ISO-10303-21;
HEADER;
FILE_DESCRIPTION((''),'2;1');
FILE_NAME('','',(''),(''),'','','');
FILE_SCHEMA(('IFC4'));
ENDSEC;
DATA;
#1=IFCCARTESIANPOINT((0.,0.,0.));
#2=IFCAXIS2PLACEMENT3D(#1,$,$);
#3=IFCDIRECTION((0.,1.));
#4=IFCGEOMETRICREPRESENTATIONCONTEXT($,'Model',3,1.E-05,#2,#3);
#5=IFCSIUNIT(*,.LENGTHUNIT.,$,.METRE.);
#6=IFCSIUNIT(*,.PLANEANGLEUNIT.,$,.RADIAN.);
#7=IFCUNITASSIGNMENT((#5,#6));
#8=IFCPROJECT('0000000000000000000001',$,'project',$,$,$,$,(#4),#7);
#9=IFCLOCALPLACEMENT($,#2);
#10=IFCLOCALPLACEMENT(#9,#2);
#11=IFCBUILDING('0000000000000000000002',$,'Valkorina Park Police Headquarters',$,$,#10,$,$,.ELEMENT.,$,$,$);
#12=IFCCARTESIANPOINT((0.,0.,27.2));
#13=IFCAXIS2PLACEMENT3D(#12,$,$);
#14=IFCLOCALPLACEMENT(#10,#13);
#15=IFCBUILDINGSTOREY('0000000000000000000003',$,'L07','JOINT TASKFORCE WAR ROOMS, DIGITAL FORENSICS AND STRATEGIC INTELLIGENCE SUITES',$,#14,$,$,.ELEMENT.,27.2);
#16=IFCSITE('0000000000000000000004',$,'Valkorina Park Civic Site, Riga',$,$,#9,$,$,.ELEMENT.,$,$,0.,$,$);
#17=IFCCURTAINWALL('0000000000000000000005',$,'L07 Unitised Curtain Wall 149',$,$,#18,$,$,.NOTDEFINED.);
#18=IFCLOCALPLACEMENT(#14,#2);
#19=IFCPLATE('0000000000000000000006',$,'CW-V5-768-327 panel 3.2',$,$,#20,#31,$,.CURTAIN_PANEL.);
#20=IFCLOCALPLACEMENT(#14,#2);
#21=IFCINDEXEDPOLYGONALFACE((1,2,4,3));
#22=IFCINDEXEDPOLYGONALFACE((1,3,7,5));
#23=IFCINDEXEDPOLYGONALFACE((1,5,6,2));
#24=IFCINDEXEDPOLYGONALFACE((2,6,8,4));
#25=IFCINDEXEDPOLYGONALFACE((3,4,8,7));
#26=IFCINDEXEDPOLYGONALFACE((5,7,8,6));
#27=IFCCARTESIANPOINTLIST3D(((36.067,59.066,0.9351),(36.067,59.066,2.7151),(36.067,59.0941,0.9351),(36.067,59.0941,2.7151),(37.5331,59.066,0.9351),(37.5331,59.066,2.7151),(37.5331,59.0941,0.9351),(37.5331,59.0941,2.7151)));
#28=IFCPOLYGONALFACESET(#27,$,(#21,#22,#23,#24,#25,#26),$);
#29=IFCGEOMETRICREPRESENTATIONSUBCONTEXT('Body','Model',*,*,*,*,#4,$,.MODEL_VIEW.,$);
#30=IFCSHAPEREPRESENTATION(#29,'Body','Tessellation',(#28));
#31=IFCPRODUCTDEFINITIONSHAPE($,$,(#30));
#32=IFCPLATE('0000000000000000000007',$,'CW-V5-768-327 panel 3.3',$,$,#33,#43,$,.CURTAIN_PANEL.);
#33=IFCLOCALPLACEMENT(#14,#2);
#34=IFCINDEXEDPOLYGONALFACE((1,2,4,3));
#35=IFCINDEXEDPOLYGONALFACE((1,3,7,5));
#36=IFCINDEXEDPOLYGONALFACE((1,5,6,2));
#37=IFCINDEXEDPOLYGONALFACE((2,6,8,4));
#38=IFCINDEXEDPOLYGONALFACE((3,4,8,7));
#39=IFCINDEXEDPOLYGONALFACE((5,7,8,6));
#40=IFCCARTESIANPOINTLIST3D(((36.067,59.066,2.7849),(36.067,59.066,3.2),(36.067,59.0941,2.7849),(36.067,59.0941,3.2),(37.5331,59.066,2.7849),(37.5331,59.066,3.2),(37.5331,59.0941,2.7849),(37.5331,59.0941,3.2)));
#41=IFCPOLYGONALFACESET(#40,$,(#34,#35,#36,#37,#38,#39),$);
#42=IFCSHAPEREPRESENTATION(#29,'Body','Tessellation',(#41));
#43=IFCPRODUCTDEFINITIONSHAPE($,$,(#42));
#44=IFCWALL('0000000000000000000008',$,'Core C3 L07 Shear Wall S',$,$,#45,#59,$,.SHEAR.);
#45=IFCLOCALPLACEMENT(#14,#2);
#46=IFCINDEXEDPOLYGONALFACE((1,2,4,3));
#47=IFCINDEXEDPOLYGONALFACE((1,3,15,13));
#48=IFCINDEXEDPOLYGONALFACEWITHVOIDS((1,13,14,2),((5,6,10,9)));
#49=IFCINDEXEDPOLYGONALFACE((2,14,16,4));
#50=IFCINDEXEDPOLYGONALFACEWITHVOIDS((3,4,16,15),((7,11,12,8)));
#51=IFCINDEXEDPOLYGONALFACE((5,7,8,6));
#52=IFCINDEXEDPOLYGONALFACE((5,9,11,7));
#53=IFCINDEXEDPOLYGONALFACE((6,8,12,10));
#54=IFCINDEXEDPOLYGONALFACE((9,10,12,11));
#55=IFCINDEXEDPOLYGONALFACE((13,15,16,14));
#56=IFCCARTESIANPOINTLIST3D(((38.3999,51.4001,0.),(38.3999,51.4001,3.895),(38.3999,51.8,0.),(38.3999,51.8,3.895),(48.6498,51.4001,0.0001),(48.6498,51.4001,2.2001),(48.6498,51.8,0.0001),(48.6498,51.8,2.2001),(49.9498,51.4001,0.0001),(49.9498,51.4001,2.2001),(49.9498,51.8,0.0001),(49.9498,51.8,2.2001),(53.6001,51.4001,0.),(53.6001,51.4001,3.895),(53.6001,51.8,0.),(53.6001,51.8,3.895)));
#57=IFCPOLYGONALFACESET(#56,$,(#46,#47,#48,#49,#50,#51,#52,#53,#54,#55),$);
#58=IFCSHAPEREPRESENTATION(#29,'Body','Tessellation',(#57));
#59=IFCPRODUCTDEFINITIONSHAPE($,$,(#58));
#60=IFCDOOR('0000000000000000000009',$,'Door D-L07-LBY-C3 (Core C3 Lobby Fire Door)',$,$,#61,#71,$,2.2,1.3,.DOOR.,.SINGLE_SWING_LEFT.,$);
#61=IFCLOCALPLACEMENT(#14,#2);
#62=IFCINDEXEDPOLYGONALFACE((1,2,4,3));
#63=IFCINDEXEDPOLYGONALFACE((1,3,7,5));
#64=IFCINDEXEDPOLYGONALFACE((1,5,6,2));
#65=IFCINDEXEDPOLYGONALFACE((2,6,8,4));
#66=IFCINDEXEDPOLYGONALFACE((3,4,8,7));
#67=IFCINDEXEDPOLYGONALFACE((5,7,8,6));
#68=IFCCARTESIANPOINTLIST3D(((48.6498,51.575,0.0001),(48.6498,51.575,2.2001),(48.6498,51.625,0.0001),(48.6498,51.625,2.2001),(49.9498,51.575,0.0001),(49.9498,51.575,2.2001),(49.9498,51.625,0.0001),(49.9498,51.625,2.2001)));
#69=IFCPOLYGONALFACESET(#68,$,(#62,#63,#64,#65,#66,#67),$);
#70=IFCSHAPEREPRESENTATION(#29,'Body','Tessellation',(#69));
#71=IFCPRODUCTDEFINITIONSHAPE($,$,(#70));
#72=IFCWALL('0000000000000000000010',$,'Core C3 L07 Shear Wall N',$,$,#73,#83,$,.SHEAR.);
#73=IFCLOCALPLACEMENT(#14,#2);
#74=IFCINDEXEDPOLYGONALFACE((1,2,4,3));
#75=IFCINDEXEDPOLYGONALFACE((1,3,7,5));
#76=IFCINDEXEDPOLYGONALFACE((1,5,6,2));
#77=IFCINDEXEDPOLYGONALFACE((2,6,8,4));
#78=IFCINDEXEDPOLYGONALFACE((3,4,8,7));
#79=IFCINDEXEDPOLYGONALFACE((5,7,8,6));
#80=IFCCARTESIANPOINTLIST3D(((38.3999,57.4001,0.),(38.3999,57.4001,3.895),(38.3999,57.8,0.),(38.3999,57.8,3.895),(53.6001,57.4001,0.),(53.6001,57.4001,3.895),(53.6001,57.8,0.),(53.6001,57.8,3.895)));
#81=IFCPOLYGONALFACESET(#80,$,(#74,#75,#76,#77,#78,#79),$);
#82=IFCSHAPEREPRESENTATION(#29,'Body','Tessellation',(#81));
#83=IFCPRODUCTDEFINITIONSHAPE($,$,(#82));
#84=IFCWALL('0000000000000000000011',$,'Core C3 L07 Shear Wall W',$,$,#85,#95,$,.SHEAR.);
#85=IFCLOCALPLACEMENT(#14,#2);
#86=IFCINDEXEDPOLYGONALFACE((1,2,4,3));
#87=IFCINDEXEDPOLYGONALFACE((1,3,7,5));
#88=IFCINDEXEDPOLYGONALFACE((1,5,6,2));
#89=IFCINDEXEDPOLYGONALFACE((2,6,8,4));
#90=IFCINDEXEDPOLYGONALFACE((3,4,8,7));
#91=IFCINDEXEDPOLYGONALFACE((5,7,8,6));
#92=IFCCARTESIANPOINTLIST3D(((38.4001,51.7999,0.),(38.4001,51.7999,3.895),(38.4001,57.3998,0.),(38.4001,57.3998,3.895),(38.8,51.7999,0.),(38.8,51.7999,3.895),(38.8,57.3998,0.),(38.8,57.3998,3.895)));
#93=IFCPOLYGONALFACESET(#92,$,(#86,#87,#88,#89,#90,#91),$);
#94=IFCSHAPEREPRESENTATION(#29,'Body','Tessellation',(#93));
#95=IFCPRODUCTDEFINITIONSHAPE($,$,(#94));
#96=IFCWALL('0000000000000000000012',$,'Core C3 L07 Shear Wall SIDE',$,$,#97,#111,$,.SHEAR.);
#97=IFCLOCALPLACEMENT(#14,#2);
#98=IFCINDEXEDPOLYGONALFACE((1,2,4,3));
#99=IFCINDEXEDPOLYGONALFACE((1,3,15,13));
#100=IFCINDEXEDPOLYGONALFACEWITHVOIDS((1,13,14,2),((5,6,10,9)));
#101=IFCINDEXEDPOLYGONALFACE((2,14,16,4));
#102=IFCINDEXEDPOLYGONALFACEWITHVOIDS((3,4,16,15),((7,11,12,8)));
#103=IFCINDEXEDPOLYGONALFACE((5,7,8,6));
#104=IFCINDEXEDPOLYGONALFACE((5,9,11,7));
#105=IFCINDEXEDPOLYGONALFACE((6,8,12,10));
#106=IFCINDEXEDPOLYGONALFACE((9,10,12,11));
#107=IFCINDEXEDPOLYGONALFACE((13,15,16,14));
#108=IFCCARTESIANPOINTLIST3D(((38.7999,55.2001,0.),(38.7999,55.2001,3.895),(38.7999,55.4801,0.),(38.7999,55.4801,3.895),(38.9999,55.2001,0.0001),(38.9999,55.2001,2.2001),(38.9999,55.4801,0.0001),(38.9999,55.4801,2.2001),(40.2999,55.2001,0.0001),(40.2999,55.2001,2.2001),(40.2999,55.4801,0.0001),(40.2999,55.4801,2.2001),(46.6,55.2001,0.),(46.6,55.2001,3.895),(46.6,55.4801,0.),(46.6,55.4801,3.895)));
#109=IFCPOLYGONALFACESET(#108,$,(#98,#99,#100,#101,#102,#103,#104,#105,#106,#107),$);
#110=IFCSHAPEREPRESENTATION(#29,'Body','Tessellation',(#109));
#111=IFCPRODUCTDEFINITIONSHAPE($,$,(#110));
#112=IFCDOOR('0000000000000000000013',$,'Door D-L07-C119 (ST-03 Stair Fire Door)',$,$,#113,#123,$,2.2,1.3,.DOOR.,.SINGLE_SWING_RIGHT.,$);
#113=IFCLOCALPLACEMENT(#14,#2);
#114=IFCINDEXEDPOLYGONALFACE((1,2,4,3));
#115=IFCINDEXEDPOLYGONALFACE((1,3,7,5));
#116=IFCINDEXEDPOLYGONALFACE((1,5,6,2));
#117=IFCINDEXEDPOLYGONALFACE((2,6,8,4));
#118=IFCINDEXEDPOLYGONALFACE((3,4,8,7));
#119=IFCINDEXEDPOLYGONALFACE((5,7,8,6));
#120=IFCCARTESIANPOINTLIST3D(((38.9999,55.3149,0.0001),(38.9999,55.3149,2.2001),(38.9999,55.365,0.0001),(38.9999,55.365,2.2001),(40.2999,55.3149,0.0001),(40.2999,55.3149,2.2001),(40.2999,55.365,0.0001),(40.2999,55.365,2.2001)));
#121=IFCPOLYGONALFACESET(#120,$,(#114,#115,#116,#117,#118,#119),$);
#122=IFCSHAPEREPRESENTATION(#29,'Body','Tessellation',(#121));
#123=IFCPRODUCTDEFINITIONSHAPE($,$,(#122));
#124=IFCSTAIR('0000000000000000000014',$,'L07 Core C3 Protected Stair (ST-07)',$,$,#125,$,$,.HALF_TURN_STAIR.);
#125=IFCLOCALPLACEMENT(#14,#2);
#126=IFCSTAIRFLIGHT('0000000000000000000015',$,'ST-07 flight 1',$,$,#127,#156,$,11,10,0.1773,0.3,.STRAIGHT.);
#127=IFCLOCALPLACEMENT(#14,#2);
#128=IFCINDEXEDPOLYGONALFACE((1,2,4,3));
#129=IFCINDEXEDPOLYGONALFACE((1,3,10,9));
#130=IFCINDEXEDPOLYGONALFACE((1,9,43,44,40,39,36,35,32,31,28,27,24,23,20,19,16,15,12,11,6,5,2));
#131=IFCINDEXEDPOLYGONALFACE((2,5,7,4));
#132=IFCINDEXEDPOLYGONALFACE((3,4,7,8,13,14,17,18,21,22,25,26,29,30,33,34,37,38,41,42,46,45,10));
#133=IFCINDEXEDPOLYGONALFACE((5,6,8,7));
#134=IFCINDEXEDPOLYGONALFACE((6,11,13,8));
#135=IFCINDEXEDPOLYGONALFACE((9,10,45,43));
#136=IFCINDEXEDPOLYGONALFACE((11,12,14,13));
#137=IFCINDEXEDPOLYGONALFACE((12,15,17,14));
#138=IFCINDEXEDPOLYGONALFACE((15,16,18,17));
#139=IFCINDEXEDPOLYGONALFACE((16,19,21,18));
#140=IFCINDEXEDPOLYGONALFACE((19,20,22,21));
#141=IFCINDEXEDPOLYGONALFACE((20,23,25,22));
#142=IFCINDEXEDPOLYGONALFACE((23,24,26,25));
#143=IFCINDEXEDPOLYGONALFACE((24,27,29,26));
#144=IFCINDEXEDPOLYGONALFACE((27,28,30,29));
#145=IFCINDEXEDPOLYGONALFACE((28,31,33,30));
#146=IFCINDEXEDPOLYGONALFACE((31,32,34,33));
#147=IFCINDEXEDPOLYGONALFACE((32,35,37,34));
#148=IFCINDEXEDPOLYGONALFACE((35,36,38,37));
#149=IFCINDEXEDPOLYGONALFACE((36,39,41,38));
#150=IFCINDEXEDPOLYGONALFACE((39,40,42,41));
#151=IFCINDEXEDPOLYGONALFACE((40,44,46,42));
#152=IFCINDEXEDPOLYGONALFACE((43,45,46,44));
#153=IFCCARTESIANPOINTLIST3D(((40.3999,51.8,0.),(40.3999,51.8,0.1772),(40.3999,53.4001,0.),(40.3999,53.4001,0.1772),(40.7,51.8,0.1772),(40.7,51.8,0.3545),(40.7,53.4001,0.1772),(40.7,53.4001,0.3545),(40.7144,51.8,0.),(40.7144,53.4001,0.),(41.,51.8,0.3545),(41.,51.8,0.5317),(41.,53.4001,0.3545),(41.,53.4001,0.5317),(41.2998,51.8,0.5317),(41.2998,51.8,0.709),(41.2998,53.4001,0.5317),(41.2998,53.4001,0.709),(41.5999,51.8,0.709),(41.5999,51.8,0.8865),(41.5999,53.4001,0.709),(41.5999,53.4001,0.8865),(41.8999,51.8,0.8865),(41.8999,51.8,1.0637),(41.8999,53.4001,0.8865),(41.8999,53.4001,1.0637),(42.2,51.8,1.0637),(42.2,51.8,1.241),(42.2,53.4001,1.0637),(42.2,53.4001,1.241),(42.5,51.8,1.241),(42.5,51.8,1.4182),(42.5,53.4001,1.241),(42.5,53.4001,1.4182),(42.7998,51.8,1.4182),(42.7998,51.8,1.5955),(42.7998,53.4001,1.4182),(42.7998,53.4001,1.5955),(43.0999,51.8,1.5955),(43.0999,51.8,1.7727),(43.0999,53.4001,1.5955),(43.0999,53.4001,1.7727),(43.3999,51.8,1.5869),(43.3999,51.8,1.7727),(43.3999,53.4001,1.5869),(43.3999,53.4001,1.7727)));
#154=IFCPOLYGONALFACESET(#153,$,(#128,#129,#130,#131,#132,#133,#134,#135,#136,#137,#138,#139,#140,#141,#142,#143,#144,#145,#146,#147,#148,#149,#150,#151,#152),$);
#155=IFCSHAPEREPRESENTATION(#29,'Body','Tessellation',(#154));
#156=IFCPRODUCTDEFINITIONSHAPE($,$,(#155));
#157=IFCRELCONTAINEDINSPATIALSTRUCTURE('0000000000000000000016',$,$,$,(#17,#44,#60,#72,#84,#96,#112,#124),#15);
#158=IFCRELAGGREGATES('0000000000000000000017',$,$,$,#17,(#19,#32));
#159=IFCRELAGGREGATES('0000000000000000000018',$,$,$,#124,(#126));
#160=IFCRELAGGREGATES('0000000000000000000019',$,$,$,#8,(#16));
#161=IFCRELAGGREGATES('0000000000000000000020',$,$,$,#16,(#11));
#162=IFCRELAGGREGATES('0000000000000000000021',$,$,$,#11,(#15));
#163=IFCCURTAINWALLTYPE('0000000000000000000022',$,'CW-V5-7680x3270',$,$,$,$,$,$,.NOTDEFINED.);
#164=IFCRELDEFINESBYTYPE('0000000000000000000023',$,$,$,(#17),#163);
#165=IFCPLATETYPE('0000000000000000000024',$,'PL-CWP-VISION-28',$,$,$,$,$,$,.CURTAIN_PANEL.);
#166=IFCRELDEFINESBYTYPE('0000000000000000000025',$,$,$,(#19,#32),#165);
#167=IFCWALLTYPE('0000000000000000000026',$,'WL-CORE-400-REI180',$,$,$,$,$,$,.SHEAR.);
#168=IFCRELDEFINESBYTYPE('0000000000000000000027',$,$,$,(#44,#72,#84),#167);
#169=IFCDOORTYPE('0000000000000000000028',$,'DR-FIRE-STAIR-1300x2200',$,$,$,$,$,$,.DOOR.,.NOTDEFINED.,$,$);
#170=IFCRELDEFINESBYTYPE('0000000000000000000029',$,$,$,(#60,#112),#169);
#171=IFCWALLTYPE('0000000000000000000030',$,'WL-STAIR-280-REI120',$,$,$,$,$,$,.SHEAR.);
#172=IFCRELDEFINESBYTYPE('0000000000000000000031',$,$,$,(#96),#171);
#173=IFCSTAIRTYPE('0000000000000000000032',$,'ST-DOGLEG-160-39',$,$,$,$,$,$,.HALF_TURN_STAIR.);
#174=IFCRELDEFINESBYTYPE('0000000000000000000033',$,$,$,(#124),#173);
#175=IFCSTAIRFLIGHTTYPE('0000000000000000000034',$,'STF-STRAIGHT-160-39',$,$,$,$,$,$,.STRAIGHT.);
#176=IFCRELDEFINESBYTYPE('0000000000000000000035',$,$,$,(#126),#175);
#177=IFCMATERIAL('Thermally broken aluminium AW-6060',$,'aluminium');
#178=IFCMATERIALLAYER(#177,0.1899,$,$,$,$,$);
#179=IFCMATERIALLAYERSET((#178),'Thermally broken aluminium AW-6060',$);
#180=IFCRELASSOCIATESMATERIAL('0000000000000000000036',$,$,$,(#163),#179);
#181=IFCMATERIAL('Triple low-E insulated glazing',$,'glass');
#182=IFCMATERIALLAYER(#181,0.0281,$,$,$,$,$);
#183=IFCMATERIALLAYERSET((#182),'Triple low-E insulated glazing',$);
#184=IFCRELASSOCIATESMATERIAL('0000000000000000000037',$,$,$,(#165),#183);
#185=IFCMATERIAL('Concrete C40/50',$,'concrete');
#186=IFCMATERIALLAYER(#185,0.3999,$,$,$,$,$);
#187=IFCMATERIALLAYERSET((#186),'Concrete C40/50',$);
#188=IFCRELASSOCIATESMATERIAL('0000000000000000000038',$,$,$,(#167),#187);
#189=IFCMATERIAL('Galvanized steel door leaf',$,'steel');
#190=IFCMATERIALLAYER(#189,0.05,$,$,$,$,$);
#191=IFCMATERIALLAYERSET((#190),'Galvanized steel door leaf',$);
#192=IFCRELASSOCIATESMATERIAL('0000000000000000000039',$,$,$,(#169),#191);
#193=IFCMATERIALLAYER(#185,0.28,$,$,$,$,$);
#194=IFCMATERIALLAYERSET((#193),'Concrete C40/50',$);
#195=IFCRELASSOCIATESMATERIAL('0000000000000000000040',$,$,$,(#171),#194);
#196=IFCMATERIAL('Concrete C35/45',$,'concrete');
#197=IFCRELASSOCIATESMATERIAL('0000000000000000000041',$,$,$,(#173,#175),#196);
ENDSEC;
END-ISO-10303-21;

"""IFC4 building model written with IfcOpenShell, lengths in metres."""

from ifc_helpers import new_model, si_unit, direction, frame, frame_2d, origin, origin_2d, place, context, subcontext, project, spatial, polyline, rectangle, outline, extrude, material, layer, layer_set, type_object, element, fill, aggregate, save


model = new_model("IFC4")

# Units and contexts
model_context = context("Model", 3, precision=1e-05, world=origin(), true_north=direction((0.0, 1.0)))
body_context = subcontext(model_context, "Body", "Model", "MODEL_VIEW")
ifc_project = project(units=[si_unit("LENGTHUNIT", "METRE"), si_unit("PLANEANGLEUNIT", "RADIAN")], contexts=[model_context])

# Site, building, storey
site_placement = place(None, origin())
site = spatial("IfcSite", under=ifc_project, at=site_placement, Name="Valkorina Park Civic Site, Riga", CompositionType="ELEMENT", RefElevation=0.0)
building_placement = place(site_placement, origin())
building = spatial("IfcBuilding", under=site, at=building_placement, Name="Valkorina Park Police Headquarters", CompositionType="ELEMENT")
storey_placement = place(building_placement, frame((0.0, 0.0, 27.2)))
storey = spatial("IfcBuildingStorey", under=building, at=storey_placement, Name="L07", Description="JOINT TASKFORCE WAR ROOMS, DIGITAL FORENSICS AND STRATEGIC INTELLIGENCE SUITES", CompositionType="ELEMENT", Elevation=27.2)

# Curtain wall, plates
ifc_material_1 = material(Name="Thermally broken aluminium AW-6060", Category="aluminium")
ifc_layer_1 = layer(ifc_material_1, 0.1899)
ifc_layer_set_1 = layer_set([ifc_layer_1], Name="Thermally broken aluminium AW-6060")
curtain_wall_type = type_object("IfcCurtainWallType", Name="CW-V5-7680x3270", PredefinedType="NOTDEFINED", material=ifc_layer_set_1)
curtain_wall_placement = place(storey_placement, origin())
curtain_wall = element("IfcCurtainWall", 1, at=curtain_wall_placement, inside=storey, type_object=curtain_wall_type, Name="L07 Unitised Curtain Wall 149", PredefinedType="NOTDEFINED")
ifc_material_2 = material(Name="Triple low-E insulated glazing", Category="glass")
ifc_layer_2 = layer(ifc_material_2, 0.0281)
ifc_layer_set_2 = layer_set([ifc_layer_2], Name="Triple low-E insulated glazing")
plate_type_1 = type_object("IfcPlateType", Name="PL-CWP-VISION-28", PredefinedType="CURTAIN_PANEL", material=ifc_layer_set_2)
plate_1_placement = place(storey_placement, frame((36.8, 59.0801, 0.9351), z_axis=(0.0, 0.0, 1.0), x_axis=(1.0, 0.0, 0.0)))
plate_1 = element("IfcPlate", 2, at=plate_1_placement, type_object=plate_type_1, Name="CW-V5-768-327 panel 3.2", PredefinedType="CURTAIN_PANEL", context=body_context, shape_type="SweptSolid", body=[
    extrude(rectangle(XDim=1.4661, YDim=0.0281, at=origin_2d()), origin(), (0.0, 0.0, 1.0), 1.78),
])
plate_2_placement = place(storey_placement, frame((36.8, 59.0801, 2.7849), z_axis=(0.0, 0.0, 1.0), x_axis=(1.0, 0.0, 0.0)))
plate_2 = element("IfcPlate", 3, at=plate_2_placement, type_object=plate_type_1, Name="CW-V5-768-327 panel 3.3", PredefinedType="CURTAIN_PANEL", context=body_context, shape_type="SweptSolid", body=[
    extrude(rectangle(XDim=1.4661, YDim=0.0281, at=origin_2d()), origin(), (0.0, 0.0, 1.0), 0.415),
])
aggregate(curtain_wall, [plate_1, plate_2])

# Wall, opening, door
ifc_material_3 = material(Name="Concrete C40/50", Category="concrete")
ifc_layer_3 = layer(ifc_material_3, 0.3999)
ifc_layer_set_3 = layer_set([ifc_layer_3], Name="Concrete C40/50")
wall_type_1 = type_object("IfcWallType", Name="WL-CORE-400-REI180", PredefinedType="SHEAR", material=ifc_layer_set_3)
wall_1_placement = place(storey_placement, frame((38.3999, 51.6001, 0.0), z_axis=(0.0, 0.0, 1.0), x_axis=(1.0, 0.0, 0.0)))
wall_1 = element("IfcWall", 4, at=wall_1_placement, inside=storey, type_object=wall_type_1, Name="Core C3 L07 Shear Wall S", PredefinedType="SHEAR", context=body_context, shape_type="SweptSolid", body=[
    extrude(rectangle(XDim=15.2002, YDim=0.3999, at=frame_2d((7.6001, 0.0))), origin(), (0.0, 0.0, 1.0), 3.895),
])
opening_1_placement = place(wall_1_placement, frame((10.25, 0.0, 0.0)))
opening_1 = element("IfcOpeningElement", 5, at=opening_1_placement, cuts=wall_1, PredefinedType="OPENING", context=body_context, shape_type="SweptSolid", body=[
    extrude(rectangle(XDim=1.3, YDim=2.2, at=frame_2d((0.6499, 1.1001))), frame((0.0, 0.21, 0.0), z_axis=(0.0, -1.0, 0.0), x_axis=(1.0, 0.0, 0.0)), (0.0, 0.0, 1.0), 0.4199),
])
ifc_material_4 = material(Name="Galvanized steel door leaf", Category="steel")
ifc_layer_4 = layer(ifc_material_4, 0.05)
ifc_layer_set_4 = layer_set([ifc_layer_4], Name="Galvanized steel door leaf")
door_type = type_object("IfcDoorType", Name="DR-FIRE-STAIR-1300x2200", OperationType="NOTDEFINED", PredefinedType="DOOR", material=ifc_layer_set_4)
door_1_placement = place(opening_1_placement, origin())
door_1 = element("IfcDoor", 6, at=door_1_placement, inside=storey, type_object=door_type, Name="Door D-L07-LBY-C3 (Core C3 Lobby Fire Door)", OperationType="SINGLE_SWING_LEFT", OverallHeight=2.2, OverallWidth=1.3, PredefinedType="DOOR", context=body_context, shape_type="SweptSolid", body=[
    extrude(rectangle(XDim=1.3, YDim=2.2, at=frame_2d((0.6499, 1.1001))), frame((0.0, 0.0249, 0.0), z_axis=(0.0, -1.0, 0.0), x_axis=(1.0, 0.0, 0.0)), (0.0, 0.0, 1.0), 0.05),
])
fill(opening_1, door_1)

# Walls
wall_2_placement = place(storey_placement, frame((38.3999, 57.6001, 0.0), z_axis=(0.0, 0.0, 1.0), x_axis=(1.0, 0.0, 0.0)))
element("IfcWall", 7, at=wall_2_placement, inside=storey, type_object=wall_type_1, Name="Core C3 L07 Shear Wall N", PredefinedType="SHEAR", context=body_context, shape_type="SweptSolid", body=[
    extrude(rectangle(XDim=15.2002, YDim=0.3999, at=frame_2d((7.6001, 0.0))), origin(), (0.0, 0.0, 1.0), 3.895),
])
wall_3_placement = place(storey_placement, frame((38.6001, 51.8, 0.0), z_axis=(0.0, 0.0, 1.0), x_axis=(0.0, 1.0, 0.0)))
element("IfcWall", 8, at=wall_3_placement, inside=storey, type_object=wall_type_1, Name="Core C3 L07 Shear Wall W", PredefinedType="SHEAR", context=body_context, shape_type="SweptSolid", body=[
    extrude(rectangle(XDim=5.5999, YDim=0.3999, at=frame_2d((2.7998, 0.0))), origin(), (0.0, 0.0, 1.0), 3.895),
])

# Wall, opening, door
ifc_layer_5 = layer(ifc_material_3, 0.28)
ifc_layer_set_5 = layer_set([ifc_layer_5], Name="Concrete C40/50")
wall_type_2 = type_object("IfcWallType", Name="WL-STAIR-280-REI120", PredefinedType="SHEAR", material=ifc_layer_set_5)
wall_4_placement = place(storey_placement, frame((38.8, 55.3401, 0.0), z_axis=(0.0, 0.0, 1.0), x_axis=(1.0, 0.0, 0.0)))
wall_4 = element("IfcWall", 9, at=wall_4_placement, inside=storey, type_object=wall_type_2, Name="Core C3 L07 Shear Wall SIDE", PredefinedType="SHEAR", context=body_context, shape_type="SweptSolid", body=[
    extrude(rectangle(XDim=7.8, YDim=0.28, at=frame_2d((3.8999, 0.0))), origin(), (0.0, 0.0, 1.0), 3.895),
])
opening_2_placement = place(wall_4_placement, frame((0.2, 0.0, 0.0)))
opening_2 = element("IfcOpeningElement", 10, at=opening_2_placement, cuts=wall_4, PredefinedType="OPENING", context=body_context, shape_type="SweptSolid", body=[
    extrude(rectangle(XDim=1.3, YDim=2.2, at=frame_2d((0.6499, 1.1001))), frame((0.0, 0.1499, 0.0), z_axis=(0.0, -1.0, 0.0), x_axis=(1.0, 0.0, 0.0)), (0.0, 0.0, 1.0), 0.3),
])
door_2_placement = place(opening_2_placement, origin())
door_2 = element("IfcDoor", 11, at=door_2_placement, inside=storey, type_object=door_type, Name="Door D-L07-C119 (ST-03 Stair Fire Door)", OperationType="SINGLE_SWING_RIGHT", OverallHeight=2.2, OverallWidth=1.3, PredefinedType="DOOR", context=body_context, shape_type="SweptSolid", body=[
    extrude(rectangle(XDim=1.3, YDim=2.2, at=frame_2d((0.6499, 1.1001))), frame((0.0, 0.0249, 0.0), z_axis=(0.0, -1.0, 0.0), x_axis=(1.0, 0.0, 0.0)), (0.0, 0.0, 1.0), 0.05),
])
fill(opening_2, door_2)

# Stair, stair flight
ifc_material_5 = material(Name="Concrete C35/45", Category="concrete")
stair_type = type_object("IfcStairType", Name="ST-DOGLEG-160-39", PredefinedType="HALF_TURN_STAIR", material=ifc_material_5)
stair_placement = place(storey_placement, origin())
stair = element("IfcStair", 12, at=stair_placement, inside=storey, type_object=stair_type, Name="L07 Core C3 Protected Stair (ST-07)", PredefinedType="HALF_TURN_STAIR")
stair_flight_type = type_object("IfcStairFlightType", Name="STF-STRAIGHT-160-39", PredefinedType="STRAIGHT", material=ifc_material_5)
stair_flight_placement = place(storey_placement, frame((40.3999, 52.6001, 0.0), z_axis=(0.0, 0.0, 1.0), x_axis=(1.0, 0.0, 0.0)))
stair_flight = element("IfcStairFlight", 13, at=stair_flight_placement, type_object=stair_flight_type, Name="ST-07 flight 1", NumberOfRisers=11, NumberOfTreads=10, PredefinedType="STRAIGHT", RiserHeight=0.1773, TreadLength=0.3, context=body_context, shape_type="SweptSolid", body=[
    extrude(outline(polyline([(0.0, 0.0), (0.0, 0.1772), (0.3, 0.1772), (0.3, 0.3545), (0.6001, 0.3545), (0.6001, 0.5317), (0.8999, 0.5317), (0.8999, 0.709), (1.2, 0.709), (1.2, 0.8865), (1.5, 0.8865), (1.5, 1.0637), (1.8, 1.0637), (1.8, 1.241), (2.1001, 1.241), (2.1001, 1.4182), (2.3999, 1.4182), (2.3999, 1.5955), (2.7, 1.5955), (2.7, 1.7727), (3.0, 1.7727), (3.0, 1.95), (3.0, 1.5869), (0.3145, 0.0), (0.0, 0.0)])), frame((0.0, 0.8, 0.0), z_axis=(0.0, -1.0, 0.0), x_axis=(1.0, 0.0, 0.0)), (0.0, 0.0, 1.0), 1.6001),
])
aggregate(stair, [stair_flight])

save(model, "model.ifc")
